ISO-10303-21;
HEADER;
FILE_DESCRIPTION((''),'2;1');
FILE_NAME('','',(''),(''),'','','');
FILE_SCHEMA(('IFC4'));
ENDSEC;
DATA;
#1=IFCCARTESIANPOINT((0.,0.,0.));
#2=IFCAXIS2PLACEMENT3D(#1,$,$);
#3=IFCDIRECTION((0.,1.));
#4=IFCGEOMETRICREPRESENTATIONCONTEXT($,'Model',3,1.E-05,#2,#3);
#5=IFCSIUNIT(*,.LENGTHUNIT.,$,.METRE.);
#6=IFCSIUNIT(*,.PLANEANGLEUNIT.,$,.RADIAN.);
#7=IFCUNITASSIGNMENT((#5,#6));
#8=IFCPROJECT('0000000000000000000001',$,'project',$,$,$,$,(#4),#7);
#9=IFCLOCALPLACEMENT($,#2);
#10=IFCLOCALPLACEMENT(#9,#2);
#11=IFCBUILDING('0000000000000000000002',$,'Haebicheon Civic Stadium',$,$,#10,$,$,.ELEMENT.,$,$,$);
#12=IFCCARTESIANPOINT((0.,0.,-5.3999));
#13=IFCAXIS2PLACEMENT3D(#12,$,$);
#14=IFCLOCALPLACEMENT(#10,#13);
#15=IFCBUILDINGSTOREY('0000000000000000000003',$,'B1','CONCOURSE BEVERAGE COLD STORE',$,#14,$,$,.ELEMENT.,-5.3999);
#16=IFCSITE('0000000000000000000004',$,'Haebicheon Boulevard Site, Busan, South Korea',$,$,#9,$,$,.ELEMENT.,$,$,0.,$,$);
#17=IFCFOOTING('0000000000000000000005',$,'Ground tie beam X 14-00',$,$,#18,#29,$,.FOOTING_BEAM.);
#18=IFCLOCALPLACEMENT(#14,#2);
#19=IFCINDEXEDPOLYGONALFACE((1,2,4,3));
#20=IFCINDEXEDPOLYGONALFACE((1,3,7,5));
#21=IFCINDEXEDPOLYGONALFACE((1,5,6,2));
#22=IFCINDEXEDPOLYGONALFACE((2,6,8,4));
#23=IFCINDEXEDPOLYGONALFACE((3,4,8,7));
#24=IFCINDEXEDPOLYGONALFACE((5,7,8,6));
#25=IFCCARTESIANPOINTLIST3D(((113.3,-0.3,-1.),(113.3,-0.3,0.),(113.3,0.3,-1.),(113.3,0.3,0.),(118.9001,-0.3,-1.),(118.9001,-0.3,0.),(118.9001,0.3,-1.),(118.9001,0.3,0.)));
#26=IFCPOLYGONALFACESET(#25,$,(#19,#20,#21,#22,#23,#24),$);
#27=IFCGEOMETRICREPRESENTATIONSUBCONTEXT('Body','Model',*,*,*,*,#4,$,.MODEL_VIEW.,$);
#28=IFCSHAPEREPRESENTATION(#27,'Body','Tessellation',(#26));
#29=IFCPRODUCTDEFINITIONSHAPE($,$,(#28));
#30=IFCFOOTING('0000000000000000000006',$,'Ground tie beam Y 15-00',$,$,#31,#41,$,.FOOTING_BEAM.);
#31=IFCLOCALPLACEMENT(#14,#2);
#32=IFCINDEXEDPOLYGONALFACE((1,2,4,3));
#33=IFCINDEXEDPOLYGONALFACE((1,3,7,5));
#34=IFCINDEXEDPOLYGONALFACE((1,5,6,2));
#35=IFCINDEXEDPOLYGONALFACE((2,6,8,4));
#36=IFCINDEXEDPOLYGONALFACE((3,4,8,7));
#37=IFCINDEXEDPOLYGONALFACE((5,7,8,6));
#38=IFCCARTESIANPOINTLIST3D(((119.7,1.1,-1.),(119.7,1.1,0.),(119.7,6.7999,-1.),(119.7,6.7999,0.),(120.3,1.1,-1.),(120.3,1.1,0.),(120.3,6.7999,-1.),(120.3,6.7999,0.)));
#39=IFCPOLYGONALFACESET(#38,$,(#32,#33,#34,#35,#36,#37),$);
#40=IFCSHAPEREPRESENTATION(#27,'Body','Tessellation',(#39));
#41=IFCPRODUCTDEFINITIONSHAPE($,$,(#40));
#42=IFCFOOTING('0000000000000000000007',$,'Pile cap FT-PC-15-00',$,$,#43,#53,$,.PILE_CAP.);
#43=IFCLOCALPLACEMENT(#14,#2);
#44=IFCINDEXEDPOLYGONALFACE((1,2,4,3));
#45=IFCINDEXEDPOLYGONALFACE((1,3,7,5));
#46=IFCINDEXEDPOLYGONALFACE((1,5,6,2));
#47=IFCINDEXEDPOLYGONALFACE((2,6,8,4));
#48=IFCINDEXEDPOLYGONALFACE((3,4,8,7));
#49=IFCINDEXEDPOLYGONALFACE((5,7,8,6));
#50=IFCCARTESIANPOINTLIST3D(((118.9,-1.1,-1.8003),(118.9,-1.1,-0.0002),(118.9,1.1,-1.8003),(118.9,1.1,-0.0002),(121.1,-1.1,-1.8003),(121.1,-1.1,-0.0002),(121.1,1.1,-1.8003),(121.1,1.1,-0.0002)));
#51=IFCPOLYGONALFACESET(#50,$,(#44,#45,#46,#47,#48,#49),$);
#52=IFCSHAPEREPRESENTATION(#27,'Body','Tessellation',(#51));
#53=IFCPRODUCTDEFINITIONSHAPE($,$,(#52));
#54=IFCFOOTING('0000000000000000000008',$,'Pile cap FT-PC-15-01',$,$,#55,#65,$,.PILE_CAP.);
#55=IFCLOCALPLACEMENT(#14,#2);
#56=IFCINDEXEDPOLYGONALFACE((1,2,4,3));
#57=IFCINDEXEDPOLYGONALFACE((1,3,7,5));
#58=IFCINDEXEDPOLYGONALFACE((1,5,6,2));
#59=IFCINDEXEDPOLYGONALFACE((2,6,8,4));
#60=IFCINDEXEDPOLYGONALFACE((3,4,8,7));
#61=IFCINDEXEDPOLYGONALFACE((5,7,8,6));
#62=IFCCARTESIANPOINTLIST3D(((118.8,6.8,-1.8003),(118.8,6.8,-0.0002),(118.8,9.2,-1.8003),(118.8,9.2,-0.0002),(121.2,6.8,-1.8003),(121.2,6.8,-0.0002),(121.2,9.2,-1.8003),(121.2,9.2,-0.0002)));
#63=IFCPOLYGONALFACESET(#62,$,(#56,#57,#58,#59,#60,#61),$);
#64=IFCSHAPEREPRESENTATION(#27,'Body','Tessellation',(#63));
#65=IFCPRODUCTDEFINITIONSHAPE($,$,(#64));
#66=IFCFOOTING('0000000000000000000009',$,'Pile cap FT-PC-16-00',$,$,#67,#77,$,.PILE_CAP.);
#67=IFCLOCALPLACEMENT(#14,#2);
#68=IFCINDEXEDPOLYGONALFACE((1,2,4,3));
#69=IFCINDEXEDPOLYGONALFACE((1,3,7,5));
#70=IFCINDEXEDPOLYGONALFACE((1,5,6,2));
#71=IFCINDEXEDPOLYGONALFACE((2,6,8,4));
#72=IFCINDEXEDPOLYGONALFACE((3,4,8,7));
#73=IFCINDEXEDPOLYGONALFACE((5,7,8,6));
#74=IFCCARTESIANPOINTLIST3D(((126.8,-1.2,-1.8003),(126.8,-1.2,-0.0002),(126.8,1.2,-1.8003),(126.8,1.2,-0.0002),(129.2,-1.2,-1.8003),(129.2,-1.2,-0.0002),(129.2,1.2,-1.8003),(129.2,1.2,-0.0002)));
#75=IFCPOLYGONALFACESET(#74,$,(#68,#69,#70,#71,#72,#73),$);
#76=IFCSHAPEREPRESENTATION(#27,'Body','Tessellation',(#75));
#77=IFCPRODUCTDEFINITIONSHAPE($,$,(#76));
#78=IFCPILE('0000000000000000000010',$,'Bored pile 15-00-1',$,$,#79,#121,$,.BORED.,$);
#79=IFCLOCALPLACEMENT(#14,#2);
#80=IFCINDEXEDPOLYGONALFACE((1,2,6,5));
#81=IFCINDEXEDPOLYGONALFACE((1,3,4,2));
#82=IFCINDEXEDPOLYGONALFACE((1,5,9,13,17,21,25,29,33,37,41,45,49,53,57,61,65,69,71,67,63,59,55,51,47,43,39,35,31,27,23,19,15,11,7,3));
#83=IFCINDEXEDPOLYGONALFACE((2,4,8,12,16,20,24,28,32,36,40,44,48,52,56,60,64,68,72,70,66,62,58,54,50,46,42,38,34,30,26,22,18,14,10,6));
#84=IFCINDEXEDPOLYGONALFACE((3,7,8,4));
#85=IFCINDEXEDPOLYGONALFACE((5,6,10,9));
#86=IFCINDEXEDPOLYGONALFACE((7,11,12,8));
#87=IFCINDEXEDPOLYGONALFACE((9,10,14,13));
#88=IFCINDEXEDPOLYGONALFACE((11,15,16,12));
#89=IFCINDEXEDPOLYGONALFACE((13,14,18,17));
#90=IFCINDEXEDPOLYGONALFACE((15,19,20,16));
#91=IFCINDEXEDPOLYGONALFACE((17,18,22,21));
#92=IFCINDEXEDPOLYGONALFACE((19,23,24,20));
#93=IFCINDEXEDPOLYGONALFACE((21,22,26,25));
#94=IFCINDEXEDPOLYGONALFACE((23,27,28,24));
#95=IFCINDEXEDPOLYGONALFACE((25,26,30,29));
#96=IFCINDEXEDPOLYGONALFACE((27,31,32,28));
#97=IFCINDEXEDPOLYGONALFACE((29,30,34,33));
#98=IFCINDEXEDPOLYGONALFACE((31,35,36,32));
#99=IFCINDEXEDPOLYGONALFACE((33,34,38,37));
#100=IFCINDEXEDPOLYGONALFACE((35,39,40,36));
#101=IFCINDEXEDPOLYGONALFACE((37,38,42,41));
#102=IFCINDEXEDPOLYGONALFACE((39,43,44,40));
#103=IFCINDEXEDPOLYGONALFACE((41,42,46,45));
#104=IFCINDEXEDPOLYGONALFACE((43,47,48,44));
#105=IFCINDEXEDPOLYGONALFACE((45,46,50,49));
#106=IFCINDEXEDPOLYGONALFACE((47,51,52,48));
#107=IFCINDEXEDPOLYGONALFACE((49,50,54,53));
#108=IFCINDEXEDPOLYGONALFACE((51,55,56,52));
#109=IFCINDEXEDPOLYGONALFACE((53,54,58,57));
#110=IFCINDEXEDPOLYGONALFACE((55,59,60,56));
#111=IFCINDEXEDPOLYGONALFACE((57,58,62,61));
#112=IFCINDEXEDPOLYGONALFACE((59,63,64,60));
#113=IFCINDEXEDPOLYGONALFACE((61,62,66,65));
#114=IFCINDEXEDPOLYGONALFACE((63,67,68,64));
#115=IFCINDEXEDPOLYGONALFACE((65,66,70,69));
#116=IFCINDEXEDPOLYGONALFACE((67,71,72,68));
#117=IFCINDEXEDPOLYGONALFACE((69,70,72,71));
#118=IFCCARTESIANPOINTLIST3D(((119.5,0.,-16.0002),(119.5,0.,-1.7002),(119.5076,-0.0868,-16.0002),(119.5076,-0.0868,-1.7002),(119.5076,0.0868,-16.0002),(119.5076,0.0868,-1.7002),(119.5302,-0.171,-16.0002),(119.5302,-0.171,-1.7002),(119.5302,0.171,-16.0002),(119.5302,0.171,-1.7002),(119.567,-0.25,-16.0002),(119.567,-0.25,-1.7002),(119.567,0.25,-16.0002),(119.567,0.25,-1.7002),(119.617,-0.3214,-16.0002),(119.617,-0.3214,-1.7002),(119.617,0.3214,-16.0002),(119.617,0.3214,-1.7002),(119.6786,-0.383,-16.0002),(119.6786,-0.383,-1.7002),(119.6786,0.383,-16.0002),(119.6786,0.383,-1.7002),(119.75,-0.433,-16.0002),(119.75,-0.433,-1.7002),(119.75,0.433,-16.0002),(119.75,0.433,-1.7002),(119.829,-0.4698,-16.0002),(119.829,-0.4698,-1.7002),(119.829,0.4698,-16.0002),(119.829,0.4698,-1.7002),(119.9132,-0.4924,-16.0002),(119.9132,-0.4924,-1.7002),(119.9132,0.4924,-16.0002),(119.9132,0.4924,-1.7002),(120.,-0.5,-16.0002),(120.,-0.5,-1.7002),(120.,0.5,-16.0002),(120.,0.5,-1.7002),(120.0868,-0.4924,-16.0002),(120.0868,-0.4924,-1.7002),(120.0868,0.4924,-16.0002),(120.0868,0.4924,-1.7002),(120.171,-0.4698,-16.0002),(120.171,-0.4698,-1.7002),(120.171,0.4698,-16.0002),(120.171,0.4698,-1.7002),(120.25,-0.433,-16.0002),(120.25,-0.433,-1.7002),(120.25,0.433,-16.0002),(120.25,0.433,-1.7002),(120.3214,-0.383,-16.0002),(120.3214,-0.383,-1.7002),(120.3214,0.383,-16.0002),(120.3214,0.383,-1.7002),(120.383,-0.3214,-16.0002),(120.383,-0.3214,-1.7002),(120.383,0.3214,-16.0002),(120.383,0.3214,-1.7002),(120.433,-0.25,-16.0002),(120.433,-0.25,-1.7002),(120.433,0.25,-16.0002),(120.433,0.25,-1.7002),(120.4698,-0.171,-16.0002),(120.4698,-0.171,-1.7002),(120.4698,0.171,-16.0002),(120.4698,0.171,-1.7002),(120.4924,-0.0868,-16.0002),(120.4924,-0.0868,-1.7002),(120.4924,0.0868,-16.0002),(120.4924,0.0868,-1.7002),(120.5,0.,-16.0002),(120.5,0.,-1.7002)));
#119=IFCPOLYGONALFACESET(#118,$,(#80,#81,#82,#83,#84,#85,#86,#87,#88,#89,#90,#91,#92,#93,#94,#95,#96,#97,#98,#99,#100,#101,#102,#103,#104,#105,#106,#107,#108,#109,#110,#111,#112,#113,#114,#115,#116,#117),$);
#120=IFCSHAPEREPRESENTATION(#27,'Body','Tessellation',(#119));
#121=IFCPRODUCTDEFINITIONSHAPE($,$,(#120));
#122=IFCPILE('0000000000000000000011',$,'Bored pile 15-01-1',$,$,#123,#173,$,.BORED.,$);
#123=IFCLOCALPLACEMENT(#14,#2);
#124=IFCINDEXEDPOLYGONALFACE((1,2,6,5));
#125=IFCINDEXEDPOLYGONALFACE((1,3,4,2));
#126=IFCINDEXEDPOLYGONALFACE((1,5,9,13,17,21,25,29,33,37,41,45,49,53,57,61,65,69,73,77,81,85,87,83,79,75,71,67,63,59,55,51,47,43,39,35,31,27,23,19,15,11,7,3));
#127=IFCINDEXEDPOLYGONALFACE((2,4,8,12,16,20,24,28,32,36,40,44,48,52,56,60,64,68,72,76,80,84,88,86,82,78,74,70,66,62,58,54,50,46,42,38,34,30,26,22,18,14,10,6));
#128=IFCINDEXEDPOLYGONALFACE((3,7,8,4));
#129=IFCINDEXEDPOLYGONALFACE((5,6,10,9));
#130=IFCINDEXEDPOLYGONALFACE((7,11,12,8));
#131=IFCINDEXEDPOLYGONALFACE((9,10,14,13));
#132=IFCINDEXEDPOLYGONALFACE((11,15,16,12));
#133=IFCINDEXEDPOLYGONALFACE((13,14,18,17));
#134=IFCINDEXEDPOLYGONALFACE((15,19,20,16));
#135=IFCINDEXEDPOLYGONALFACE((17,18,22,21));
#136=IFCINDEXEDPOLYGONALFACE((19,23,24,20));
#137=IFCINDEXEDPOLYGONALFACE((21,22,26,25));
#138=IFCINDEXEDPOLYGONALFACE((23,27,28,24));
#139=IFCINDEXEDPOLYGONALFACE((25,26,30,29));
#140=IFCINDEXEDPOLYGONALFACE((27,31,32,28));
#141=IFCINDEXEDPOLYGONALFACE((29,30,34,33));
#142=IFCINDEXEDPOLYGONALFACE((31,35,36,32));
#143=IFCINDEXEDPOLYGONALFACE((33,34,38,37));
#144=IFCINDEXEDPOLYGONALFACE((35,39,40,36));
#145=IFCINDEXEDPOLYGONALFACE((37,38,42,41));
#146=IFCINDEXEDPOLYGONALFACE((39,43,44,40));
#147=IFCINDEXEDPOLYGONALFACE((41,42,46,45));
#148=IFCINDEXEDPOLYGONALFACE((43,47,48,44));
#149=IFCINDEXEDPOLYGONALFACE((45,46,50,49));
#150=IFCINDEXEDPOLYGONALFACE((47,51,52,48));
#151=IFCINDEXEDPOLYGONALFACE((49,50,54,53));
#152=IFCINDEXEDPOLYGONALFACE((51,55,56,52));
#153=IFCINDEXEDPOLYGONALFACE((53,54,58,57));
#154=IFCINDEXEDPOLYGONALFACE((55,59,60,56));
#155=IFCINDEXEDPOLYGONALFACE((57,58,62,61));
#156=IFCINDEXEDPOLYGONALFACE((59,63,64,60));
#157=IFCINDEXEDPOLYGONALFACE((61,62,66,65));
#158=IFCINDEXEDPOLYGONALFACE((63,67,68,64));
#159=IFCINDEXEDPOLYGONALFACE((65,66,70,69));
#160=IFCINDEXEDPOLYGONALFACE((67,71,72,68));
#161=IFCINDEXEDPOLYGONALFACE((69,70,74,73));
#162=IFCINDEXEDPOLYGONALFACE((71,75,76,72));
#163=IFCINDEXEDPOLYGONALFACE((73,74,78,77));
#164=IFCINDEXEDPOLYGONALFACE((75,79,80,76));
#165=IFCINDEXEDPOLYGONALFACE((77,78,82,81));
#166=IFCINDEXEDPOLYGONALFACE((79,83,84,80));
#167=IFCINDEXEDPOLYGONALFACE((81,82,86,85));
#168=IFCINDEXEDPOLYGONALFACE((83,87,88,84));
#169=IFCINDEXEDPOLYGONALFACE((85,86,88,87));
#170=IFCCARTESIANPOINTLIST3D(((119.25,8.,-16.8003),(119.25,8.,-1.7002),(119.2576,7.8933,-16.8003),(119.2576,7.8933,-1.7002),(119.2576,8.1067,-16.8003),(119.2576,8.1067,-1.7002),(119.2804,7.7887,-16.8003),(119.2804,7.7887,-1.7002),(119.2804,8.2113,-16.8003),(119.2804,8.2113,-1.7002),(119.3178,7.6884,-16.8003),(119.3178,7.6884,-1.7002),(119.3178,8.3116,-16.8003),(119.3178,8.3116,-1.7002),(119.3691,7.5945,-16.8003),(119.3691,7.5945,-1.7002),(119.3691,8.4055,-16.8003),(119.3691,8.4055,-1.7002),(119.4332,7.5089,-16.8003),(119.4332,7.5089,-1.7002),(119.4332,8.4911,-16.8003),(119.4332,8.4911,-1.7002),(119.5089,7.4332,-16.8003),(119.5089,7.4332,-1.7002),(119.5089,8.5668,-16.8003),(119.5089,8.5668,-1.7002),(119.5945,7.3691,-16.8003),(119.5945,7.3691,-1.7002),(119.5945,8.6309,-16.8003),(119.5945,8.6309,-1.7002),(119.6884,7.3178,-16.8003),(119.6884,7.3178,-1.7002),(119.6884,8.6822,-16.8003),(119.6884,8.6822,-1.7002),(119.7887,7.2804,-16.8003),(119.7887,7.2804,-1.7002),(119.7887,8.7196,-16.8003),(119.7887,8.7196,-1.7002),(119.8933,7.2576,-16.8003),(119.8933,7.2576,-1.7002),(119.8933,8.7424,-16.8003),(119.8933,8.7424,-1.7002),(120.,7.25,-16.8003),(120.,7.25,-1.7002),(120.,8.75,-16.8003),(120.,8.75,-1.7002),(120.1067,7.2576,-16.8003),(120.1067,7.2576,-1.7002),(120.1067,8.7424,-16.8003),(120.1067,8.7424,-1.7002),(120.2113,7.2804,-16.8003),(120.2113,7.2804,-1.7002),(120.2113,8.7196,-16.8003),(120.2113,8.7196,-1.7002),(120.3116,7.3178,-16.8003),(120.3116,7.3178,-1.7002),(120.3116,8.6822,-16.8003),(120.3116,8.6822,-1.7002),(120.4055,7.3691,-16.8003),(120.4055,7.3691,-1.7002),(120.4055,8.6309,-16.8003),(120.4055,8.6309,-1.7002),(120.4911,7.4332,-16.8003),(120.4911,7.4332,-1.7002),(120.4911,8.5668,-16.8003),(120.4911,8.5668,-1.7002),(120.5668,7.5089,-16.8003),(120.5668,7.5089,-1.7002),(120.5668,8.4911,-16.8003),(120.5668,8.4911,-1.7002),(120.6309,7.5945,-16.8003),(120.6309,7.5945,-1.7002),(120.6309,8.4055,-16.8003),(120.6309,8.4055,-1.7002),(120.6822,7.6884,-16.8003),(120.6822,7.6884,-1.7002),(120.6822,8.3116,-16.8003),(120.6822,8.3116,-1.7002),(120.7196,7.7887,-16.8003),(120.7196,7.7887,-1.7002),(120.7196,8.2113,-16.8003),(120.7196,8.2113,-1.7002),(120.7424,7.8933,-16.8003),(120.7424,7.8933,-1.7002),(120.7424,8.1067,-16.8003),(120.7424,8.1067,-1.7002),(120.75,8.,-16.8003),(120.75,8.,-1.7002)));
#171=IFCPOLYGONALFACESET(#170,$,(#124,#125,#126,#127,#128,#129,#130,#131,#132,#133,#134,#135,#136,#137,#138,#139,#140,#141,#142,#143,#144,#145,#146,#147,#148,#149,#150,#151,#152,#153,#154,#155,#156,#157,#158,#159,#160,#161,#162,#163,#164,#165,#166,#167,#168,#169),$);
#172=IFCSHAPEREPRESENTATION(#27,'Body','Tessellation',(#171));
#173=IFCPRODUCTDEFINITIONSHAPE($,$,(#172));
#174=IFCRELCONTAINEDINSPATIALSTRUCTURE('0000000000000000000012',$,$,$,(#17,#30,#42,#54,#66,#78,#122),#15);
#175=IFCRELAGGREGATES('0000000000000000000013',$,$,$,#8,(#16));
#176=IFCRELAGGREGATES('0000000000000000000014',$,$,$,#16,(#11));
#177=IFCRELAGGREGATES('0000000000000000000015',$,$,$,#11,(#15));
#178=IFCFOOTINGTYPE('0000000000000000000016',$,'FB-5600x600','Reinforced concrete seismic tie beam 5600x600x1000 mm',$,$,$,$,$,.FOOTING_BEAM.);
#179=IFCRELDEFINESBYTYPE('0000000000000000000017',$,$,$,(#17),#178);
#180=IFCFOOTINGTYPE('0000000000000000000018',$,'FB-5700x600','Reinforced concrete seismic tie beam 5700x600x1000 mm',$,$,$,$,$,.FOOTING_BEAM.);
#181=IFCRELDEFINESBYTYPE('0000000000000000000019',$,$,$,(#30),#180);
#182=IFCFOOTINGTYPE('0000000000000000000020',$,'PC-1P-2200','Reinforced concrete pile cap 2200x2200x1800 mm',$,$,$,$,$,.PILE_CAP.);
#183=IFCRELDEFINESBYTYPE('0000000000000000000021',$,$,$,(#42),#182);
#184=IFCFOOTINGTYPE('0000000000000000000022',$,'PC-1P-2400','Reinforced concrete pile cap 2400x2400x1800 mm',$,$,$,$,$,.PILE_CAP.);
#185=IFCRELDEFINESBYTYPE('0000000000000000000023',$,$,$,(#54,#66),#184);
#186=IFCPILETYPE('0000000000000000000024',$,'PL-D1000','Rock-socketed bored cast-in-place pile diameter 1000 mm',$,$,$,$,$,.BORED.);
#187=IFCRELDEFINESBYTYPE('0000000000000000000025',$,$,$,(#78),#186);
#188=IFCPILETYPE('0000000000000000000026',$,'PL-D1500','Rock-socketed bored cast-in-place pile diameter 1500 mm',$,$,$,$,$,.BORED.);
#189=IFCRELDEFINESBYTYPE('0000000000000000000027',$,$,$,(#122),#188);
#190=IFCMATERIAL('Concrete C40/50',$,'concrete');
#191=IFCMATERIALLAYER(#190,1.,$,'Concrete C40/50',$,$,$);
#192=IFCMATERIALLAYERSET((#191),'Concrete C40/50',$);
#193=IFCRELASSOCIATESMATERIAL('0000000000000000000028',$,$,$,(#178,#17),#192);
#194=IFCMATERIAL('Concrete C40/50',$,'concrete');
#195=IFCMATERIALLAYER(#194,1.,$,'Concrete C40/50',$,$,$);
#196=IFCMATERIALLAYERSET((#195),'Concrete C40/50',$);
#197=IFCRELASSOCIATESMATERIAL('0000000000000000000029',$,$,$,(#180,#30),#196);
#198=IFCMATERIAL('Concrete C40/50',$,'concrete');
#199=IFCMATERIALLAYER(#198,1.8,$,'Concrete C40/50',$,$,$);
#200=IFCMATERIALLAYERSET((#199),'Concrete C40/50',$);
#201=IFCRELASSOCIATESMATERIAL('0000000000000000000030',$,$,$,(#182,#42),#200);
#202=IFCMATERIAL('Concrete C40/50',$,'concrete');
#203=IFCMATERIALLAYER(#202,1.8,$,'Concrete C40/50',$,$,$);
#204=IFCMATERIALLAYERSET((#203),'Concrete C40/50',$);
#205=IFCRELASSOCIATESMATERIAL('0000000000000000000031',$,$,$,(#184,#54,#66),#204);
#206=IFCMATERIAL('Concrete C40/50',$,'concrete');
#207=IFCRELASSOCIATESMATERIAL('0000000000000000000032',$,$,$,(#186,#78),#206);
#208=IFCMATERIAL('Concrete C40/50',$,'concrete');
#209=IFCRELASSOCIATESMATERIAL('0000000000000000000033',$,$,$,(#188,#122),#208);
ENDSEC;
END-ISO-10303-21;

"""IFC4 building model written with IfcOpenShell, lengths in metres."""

from ifc_helpers import new_model, si_unit, direction, frame, origin, origin_2d, place, context, subcontext, project, spatial, rectangle, circle, extrude, material, layer, layer_set, material_profile, profile_set, type_object, element, save


model = new_model("IFC4")

# Units and contexts
model_context = context("Model", 3, precision=1e-05, world=origin(), true_north=direction((0.0, 1.0)))
body_context = subcontext(model_context, "Body", "Model", "MODEL_VIEW")
ifc_project = project(units=[si_unit("LENGTHUNIT", "METRE"), si_unit("PLANEANGLEUNIT", "RADIAN")], contexts=[model_context])

# Site, building, storey
site_placement = place(None, origin())
site = spatial("IfcSite", under=ifc_project, at=site_placement, Name="Haebicheon Boulevard Site, Busan, South Korea", CompositionType="ELEMENT", RefElevation=0.0)
building_placement = place(site_placement, origin())
building = spatial("IfcBuilding", under=site, at=building_placement, Name="Haebicheon Civic Stadium", CompositionType="ELEMENT")
storey_placement = place(building_placement, frame((0.0, 0.0, -5.3999)))
storey = spatial("IfcBuildingStorey", under=building, at=storey_placement, Name="B1", Description="CONCOURSE BEVERAGE COLD STORE", CompositionType="ELEMENT", Elevation=-5.3999)

# Footings
ifc_material_1 = material(Name="Concrete C40/50", Category="concrete")
ifc_layer_1 = layer(ifc_material_1, 1.0, Name="Concrete C40/50")
ifc_layer_set_1 = layer_set([ifc_layer_1], Name="Concrete C40/50")
footing_type_1 = type_object("IfcFootingType", Name="FB-5600x600", Description="Reinforced concrete seismic tie beam 5600x600x1000 mm", PredefinedType="FOOTING_BEAM", material=ifc_layer_set_1)
footing_1_placement = place(storey_placement, frame((116.1001, 0.0, -1.0), z_axis=(0.0, 0.0, 1.0), x_axis=(1.0, 0.0, 0.0)))
element("IfcFooting", 1, at=footing_1_placement, inside=storey, type_object=footing_type_1, material=ifc_layer_set_1, Name="Ground tie beam X 14-00", PredefinedType="FOOTING_BEAM", context=body_context, shape_type="SweptSolid", body=[
    extrude(rectangle(XDim=5.6001, YDim=0.6001, at=origin_2d()), origin(), (0.0, 0.0, 1.0), 1.0),
])
ifc_material_2 = material(Name="Concrete C40/50", Category="concrete")
ifc_layer_2 = layer(ifc_material_2, 1.0, Name="Concrete C40/50")
ifc_layer_set_2 = layer_set([ifc_layer_2], Name="Concrete C40/50")
footing_type_2 = type_object("IfcFootingType", Name="FB-5700x600", Description="Reinforced concrete seismic tie beam 5700x600x1000 mm", PredefinedType="FOOTING_BEAM", material=ifc_layer_set_2)
footing_2_placement = place(storey_placement, frame((120.0, 3.95, -1.0), z_axis=(0.0, 0.0, 1.0), x_axis=(0.0, 1.0, 0.0)))
element("IfcFooting", 2, at=footing_2_placement, inside=storey, type_object=footing_type_2, material=ifc_layer_set_2, Name="Ground tie beam Y 15-00", PredefinedType="FOOTING_BEAM", context=body_context, shape_type="SweptSolid", body=[
    extrude(rectangle(XDim=5.7, YDim=0.6001, at=origin_2d()), origin(), (0.0, 0.0, 1.0), 1.0),
])
ifc_material_3 = material(Name="Concrete C40/50", Category="concrete")
ifc_layer_3 = layer(ifc_material_3, 1.8, Name="Concrete C40/50")
ifc_layer_set_3 = layer_set([ifc_layer_3], Name="Concrete C40/50")
footing_type_3 = type_object("IfcFootingType", Name="PC-1P-2200", Description="Reinforced concrete pile cap 2200x2200x1800 mm", PredefinedType="PILE_CAP", material=ifc_layer_set_3)
footing_3_placement = place(storey_placement, frame((120.0, 0.0, -1.8003), z_axis=(0.0, 0.0, 1.0), x_axis=(1.0, 0.0, 0.0)))
element("IfcFooting", 3, at=footing_3_placement, inside=storey, type_object=footing_type_3, material=ifc_layer_set_3, Name="Pile cap FT-PC-15-00", PredefinedType="PILE_CAP", context=body_context, shape_type="SweptSolid", body=[
    extrude(rectangle(XDim=2.2, YDim=2.2, at=origin_2d()), origin(), (0.0, 0.0, 1.0), 1.8),
])
ifc_material_4 = material(Name="Concrete C40/50", Category="concrete")
ifc_layer_4 = layer(ifc_material_4, 1.8, Name="Concrete C40/50")
ifc_layer_set_4 = layer_set([ifc_layer_4], Name="Concrete C40/50")
footing_type_4 = type_object("IfcFootingType", Name="PC-1P-2400", Description="Reinforced concrete pile cap 2400x2400x1800 mm", PredefinedType="PILE_CAP", material=ifc_layer_set_4)
for number, where, z_axis, x_axis, name in (
    (4, (120.0, 8.0, -1.8003), (0.0, 0.0, 1.0), (1.0, 0.0, 0.0), "Pile cap FT-PC-15-01"),
    (5, (128.0, 0.0, -1.8003), (0.0, 0.0, 1.0), (1.0, 0.0, 0.0), "Pile cap FT-PC-16-00"),
):
    element("IfcFooting", number, at=place(storey_placement, frame(where, z_axis=z_axis, x_axis=x_axis)), inside=storey, type_object=footing_type_4, material=ifc_layer_set_4, Name=name, PredefinedType="PILE_CAP", context=body_context, shape_type="SweptSolid", body=[
        extrude(rectangle(XDim=2.3999, YDim=2.3999, at=origin_2d()), origin(), (0.0, 0.0, 1.0), 1.8),
    ])

# Piles
ifc_material_5 = material(Name="Concrete C40/50", Category="concrete")
ifc_material_profile_1 = material_profile(ifc_material_5, circle(Radius=0.5, at=origin_2d()), Name="PILE-D1000")
ifc_profile_set_1 = profile_set([ifc_material_profile_1], Name="Concrete C40/50")
pile_type_1 = type_object("IfcPileType", Name="PL-D1000", Description="Rock-socketed bored cast-in-place pile diameter 1000 mm", PredefinedType="BORED", material=ifc_profile_set_1)
pile_placement = place(storey_placement, frame((120.0, 0.0, -1.7002), z_axis=(0.0, 0.0, -1.0), x_axis=(1.0, 0.0, 0.0)))
element("IfcPile", 6, at=pile_placement, inside=storey, type_object=pile_type_1, material=ifc_profile_set_1, Name="Bored pile 15-00-1", PredefinedType="BORED", context=body_context, shape_type="SweptSolid", body=[
    extrude(circle(Radius=0.5, at=origin_2d()), origin(), (0.0, 0.0, 1.0), 14.3),
])
ifc_material_6 = material(Name="Concrete C40/50", Category="concrete")
ifc_material_profile_2 = material_profile(ifc_material_6, circle(Radius=0.75, at=origin_2d()), Name="PILE-D1500")
ifc_profile_set_2 = profile_set([ifc_material_profile_2], Name="Concrete C40/50")
pile_type_2 = type_object("IfcPileType", Name="PL-D1500", Description="Rock-socketed bored cast-in-place pile diameter 1500 mm", PredefinedType="BORED", material=ifc_profile_set_2)
for number, where, z_axis, x_axis, name in (
    (7, (120.0, 8.0, -1.7002), (0.0, 0.0, -1.0), (1.0, 0.0, 0.0), "Bored pile 15-01-1"),
):
    element("IfcPile", number, at=place(storey_placement, frame(where, z_axis=z_axis, x_axis=x_axis)), inside=storey, type_object=pile_type_2, material=ifc_profile_set_2, Name=name, PredefinedType="BORED", context=body_context, shape_type="SweptSolid", body=[
        extrude(circle(Radius=0.75, at=origin_2d()), origin(), (0.0, 0.0, 1.0), 15.1001),
    ])

save(model, "model.ifc")
